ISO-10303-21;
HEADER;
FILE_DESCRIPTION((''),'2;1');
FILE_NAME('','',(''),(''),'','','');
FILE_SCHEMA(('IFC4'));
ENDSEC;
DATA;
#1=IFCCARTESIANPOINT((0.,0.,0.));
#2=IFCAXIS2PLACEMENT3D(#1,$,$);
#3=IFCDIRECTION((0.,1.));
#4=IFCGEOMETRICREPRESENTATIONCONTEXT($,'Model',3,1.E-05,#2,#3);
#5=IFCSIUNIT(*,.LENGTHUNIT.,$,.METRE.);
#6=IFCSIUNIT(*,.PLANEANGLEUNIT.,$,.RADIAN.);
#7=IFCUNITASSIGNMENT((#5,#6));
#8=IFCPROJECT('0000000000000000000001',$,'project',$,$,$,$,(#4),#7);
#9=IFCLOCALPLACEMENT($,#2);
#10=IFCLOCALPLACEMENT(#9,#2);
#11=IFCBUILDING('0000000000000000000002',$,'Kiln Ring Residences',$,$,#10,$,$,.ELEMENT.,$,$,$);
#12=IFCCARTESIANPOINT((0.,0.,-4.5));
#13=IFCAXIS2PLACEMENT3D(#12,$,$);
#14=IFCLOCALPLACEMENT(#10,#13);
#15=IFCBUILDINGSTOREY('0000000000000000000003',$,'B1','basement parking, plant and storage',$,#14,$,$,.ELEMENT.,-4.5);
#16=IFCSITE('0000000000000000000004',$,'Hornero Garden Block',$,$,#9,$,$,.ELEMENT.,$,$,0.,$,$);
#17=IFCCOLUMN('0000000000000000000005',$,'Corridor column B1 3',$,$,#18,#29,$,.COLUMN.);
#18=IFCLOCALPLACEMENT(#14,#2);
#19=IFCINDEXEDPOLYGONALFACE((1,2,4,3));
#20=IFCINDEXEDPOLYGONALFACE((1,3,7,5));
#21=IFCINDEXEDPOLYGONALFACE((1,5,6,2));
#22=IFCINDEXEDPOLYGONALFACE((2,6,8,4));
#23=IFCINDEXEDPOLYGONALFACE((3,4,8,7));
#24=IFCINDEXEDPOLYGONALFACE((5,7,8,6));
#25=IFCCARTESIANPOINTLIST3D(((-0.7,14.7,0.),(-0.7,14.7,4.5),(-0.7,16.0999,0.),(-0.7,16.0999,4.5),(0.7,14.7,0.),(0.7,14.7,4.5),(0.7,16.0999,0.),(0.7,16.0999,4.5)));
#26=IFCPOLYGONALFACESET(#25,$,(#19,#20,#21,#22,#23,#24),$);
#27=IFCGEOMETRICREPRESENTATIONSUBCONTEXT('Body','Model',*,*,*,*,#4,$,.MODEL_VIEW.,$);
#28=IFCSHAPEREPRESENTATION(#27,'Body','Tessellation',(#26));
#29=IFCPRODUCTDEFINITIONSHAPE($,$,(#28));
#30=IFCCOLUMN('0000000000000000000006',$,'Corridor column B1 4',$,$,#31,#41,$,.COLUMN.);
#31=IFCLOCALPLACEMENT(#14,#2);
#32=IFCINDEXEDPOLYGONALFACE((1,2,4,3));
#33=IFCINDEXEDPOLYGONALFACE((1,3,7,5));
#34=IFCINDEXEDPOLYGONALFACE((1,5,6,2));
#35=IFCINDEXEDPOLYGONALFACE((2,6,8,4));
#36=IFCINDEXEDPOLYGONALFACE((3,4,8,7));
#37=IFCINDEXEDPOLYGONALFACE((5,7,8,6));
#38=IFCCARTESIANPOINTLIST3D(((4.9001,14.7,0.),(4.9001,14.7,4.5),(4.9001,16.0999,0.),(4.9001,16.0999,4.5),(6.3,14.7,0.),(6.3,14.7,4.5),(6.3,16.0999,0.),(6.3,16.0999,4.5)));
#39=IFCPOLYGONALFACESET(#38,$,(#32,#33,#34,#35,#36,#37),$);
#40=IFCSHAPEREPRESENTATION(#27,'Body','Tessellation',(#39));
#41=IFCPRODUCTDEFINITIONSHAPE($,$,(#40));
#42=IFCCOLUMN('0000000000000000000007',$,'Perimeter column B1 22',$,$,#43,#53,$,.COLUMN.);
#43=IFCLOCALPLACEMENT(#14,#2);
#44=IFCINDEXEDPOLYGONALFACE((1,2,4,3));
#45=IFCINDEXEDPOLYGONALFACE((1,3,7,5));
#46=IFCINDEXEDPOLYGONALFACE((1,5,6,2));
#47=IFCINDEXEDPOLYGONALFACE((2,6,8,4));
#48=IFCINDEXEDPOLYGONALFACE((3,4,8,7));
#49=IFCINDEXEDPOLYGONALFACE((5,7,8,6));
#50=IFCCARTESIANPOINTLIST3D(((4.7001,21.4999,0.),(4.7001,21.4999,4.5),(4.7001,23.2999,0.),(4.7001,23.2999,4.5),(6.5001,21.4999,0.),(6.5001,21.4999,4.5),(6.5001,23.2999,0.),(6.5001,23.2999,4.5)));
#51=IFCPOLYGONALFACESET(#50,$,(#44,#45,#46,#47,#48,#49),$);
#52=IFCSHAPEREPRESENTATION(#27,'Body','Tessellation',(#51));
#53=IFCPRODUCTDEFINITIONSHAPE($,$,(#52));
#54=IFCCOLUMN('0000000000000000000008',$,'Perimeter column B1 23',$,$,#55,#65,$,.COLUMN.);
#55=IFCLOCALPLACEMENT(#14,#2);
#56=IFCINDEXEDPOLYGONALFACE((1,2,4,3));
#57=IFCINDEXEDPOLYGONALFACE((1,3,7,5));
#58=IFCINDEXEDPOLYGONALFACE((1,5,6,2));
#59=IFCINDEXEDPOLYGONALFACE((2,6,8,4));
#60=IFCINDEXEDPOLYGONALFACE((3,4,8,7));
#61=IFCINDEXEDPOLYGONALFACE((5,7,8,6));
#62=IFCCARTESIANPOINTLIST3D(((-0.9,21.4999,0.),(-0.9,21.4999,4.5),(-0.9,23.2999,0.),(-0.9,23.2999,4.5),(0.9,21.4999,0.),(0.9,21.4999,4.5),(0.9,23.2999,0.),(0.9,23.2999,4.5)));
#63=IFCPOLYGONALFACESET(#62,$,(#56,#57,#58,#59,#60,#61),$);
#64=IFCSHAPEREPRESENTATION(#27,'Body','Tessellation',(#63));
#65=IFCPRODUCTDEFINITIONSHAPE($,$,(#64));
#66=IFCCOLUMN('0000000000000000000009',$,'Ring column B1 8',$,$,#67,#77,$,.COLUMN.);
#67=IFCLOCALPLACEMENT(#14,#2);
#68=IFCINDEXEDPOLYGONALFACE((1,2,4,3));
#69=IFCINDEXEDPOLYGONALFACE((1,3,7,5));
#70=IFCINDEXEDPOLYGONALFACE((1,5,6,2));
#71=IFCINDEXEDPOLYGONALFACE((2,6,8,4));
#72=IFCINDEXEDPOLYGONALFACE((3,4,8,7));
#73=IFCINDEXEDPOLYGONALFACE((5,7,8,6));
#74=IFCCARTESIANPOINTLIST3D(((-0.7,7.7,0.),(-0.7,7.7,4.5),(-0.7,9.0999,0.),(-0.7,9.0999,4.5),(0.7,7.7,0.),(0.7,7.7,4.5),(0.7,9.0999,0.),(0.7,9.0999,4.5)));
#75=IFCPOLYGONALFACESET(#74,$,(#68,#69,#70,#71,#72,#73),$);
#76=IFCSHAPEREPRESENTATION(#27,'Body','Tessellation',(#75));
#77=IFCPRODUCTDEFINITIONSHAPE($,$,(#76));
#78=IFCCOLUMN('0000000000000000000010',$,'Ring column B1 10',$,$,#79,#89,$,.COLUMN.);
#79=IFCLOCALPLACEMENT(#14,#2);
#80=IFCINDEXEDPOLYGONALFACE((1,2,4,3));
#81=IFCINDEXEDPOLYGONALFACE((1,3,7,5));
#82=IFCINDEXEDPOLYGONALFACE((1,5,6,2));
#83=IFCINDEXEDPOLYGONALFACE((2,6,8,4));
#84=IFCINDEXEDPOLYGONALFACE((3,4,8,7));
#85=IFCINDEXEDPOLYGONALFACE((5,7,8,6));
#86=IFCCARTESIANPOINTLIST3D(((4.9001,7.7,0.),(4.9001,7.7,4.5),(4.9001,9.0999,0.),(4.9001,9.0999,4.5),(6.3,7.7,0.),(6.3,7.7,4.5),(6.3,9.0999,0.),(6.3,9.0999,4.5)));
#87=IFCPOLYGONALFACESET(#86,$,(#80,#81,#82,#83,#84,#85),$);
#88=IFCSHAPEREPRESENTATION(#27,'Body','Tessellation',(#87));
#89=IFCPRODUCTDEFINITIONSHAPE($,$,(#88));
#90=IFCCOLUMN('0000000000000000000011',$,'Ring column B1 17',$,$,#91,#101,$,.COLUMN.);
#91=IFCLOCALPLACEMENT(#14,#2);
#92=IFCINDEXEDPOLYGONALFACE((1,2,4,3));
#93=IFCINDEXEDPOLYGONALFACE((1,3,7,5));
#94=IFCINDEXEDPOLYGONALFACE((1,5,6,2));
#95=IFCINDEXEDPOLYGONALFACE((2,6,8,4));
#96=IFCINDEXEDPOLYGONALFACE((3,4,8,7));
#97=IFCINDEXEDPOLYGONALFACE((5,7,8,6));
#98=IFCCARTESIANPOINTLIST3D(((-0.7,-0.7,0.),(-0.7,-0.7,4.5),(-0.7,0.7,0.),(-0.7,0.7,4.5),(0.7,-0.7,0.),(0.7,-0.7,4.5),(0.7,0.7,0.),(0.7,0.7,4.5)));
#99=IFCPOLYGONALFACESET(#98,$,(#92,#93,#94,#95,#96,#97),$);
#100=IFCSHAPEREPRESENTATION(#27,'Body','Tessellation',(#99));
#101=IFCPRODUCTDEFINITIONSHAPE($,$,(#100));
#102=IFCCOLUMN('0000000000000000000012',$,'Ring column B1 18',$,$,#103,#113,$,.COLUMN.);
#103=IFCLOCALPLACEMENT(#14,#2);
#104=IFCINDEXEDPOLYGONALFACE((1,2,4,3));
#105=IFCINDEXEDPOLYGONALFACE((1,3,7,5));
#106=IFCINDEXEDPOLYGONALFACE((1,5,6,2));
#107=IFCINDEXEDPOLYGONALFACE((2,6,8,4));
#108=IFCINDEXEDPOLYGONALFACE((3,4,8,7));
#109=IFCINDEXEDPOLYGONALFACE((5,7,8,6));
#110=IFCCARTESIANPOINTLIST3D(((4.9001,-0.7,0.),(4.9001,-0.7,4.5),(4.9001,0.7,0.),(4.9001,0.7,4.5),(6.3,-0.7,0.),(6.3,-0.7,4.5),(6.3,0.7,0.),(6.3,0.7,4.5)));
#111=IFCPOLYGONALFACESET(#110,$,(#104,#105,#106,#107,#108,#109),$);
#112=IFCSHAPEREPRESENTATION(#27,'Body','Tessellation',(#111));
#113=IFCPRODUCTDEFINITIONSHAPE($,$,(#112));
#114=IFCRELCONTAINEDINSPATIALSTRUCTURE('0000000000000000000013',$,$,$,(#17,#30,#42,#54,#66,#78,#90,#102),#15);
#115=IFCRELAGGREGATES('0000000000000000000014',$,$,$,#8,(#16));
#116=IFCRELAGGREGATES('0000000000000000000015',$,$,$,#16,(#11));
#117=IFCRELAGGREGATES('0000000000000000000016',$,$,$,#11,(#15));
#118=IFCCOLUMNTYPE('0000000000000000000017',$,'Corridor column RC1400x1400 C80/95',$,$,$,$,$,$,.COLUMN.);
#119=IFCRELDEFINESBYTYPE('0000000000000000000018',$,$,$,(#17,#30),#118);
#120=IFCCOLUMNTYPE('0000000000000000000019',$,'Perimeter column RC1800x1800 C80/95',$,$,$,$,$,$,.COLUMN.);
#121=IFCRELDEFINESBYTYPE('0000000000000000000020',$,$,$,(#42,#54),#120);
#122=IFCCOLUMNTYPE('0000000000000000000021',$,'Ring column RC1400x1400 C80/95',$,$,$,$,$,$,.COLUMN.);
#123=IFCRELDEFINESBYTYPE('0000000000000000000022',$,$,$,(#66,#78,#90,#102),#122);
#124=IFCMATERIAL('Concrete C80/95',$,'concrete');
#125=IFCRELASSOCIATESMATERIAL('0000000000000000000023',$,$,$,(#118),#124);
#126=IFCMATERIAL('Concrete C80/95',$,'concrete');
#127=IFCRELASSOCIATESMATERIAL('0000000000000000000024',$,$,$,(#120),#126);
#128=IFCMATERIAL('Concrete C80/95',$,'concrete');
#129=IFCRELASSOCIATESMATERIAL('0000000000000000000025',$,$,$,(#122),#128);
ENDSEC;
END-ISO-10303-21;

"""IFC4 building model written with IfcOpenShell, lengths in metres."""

from ifc_helpers import new_model, si_unit, direction, frame, origin, origin_2d, place, context, subcontext, project, spatial, rectangle, extrude, material, material_profile, profile_set, type_object, element, save


model = new_model("IFC4")

# Units and contexts
model_context = context("Model", 3, precision=1e-05, world=origin(), true_north=direction((0.0, 1.0)))
body_context = subcontext(model_context, "Body", "Model", "MODEL_VIEW")
ifc_project = project(units=[si_unit("LENGTHUNIT", "METRE"), si_unit("PLANEANGLEUNIT", "RADIAN")], contexts=[model_context])

# Site, building, storey
site_placement = place(None, origin())
site = spatial("IfcSite", under=ifc_project, at=site_placement, Name="Hornero Garden Block", CompositionType="ELEMENT", RefElevation=0.0)
building_placement = place(site_placement, origin())
building = spatial("IfcBuilding", under=site, at=building_placement, Name="Kiln Ring Residences", CompositionType="ELEMENT")
storey_placement = place(building_placement, frame((0.0, 0.0, -4.5)))
storey = spatial("IfcBuildingStorey", under=building, at=storey_placement, Name="B1", Description="basement parking, plant and storage", CompositionType="ELEMENT", Elevation=-4.5)

# Columns
ifc_material_1 = material(Name="Concrete C80/95", Category="concrete")
ifc_material_profile_1 = material_profile(ifc_material_1, rectangle(XDim=1.3999, YDim=1.3999, at=origin_2d()), Name="RC1400x1400")
ifc_profile_set_1 = profile_set([ifc_material_profile_1], Name="Concrete C80/95")
column_type_1 = type_object("IfcColumnType", Name="Corridor column RC1400x1400 C80/95", PredefinedType="COLUMN", material=ifc_profile_set_1)
for number, where, z_axis, x_axis, name in (
    (1, (0.0, 15.3999, 0.0), (0.0, 0.0, 1.0), (1.0, 0.0, 0.0), "Corridor column B1 3"),
    (2, (5.6001, 15.3999, 0.0), (0.0, 0.0, 1.0), (1.0, 0.0, 0.0), "Corridor column B1 4"),
):
    element("IfcColumn", number, at=place(storey_placement, frame(where, z_axis=z_axis, x_axis=x_axis)), inside=storey, type_object=column_type_1, Name=name, PredefinedType="COLUMN", context=body_context, shape_type="SweptSolid", body=[
        extrude(rectangle(XDim=1.3999, YDim=1.3999, at=origin_2d()), origin(), (0.0, 0.0, 1.0), 4.5),
    ])
ifc_material_2 = material(Name="Concrete C80/95", Category="concrete")
ifc_material_profile_2 = material_profile(ifc_material_2, rectangle(XDim=1.8, YDim=1.8, at=origin_2d()), Name="RC1800x1800")
ifc_profile_set_2 = profile_set([ifc_material_profile_2], Name="Concrete C80/95")
column_type_2 = type_object("IfcColumnType", Name="Perimeter column RC1800x1800 C80/95", PredefinedType="COLUMN", material=ifc_profile_set_2)
for number, where, z_axis, x_axis, name in (
    (3, (5.6001, 22.3999, 0.0), (0.0, 0.0, 1.0), (1.0, 0.0, 0.0), "Perimeter column B1 22"),
    (4, (0.0, 22.3999, 0.0), (0.0, 0.0, 1.0), (1.0, 0.0, 0.0), "Perimeter column B1 23"),
):
    element("IfcColumn", number, at=place(storey_placement, frame(where, z_axis=z_axis, x_axis=x_axis)), inside=storey, type_object=column_type_2, Name=name, PredefinedType="COLUMN", context=body_context, shape_type="SweptSolid", body=[
        extrude(rectangle(XDim=1.8, YDim=1.8, at=origin_2d()), origin(), (0.0, 0.0, 1.0), 4.5),
    ])
ifc_material_3 = material(Name="Concrete C80/95", Category="concrete")
ifc_material_profile_3 = material_profile(ifc_material_3, rectangle(XDim=1.3999, YDim=1.3999, at=origin_2d()), Name="RC1400x1400")
ifc_profile_set_3 = profile_set([ifc_material_profile_3], Name="Concrete C80/95")
column_type_3 = type_object("IfcColumnType", Name="Ring column RC1400x1400 C80/95", PredefinedType="COLUMN", material=ifc_profile_set_3)
for number, where, z_axis, x_axis, name in (
    (5, (0.0, 8.3999, 0.0), (0.0, 0.0, 1.0), (1.0, 0.0, 0.0), "Ring column B1 8"),
    (6, (5.6001, 8.3999, 0.0), (0.0, 0.0, 1.0), (1.0, 0.0, 0.0), "Ring column B1 10"),
    (7, (0.0, 0.0, 0.0), (0.0, 0.0, 1.0), (1.0, 0.0, 0.0), "Ring column B1 17"),
    (8, (5.6001, 0.0, 0.0), (0.0, 0.0, 1.0), (1.0, 0.0, 0.0), "Ring column B1 18"),
):
    element("IfcColumn", number, at=place(storey_placement, frame(where, z_axis=z_axis, x_axis=x_axis)), inside=storey, type_object=column_type_3, Name=name, PredefinedType="COLUMN", context=body_context, shape_type="SweptSolid", body=[
        extrude(rectangle(XDim=1.3999, YDim=1.3999, at=origin_2d()), origin(), (0.0, 0.0, 1.0), 4.5),
    ])

save(model, "model.ifc")
